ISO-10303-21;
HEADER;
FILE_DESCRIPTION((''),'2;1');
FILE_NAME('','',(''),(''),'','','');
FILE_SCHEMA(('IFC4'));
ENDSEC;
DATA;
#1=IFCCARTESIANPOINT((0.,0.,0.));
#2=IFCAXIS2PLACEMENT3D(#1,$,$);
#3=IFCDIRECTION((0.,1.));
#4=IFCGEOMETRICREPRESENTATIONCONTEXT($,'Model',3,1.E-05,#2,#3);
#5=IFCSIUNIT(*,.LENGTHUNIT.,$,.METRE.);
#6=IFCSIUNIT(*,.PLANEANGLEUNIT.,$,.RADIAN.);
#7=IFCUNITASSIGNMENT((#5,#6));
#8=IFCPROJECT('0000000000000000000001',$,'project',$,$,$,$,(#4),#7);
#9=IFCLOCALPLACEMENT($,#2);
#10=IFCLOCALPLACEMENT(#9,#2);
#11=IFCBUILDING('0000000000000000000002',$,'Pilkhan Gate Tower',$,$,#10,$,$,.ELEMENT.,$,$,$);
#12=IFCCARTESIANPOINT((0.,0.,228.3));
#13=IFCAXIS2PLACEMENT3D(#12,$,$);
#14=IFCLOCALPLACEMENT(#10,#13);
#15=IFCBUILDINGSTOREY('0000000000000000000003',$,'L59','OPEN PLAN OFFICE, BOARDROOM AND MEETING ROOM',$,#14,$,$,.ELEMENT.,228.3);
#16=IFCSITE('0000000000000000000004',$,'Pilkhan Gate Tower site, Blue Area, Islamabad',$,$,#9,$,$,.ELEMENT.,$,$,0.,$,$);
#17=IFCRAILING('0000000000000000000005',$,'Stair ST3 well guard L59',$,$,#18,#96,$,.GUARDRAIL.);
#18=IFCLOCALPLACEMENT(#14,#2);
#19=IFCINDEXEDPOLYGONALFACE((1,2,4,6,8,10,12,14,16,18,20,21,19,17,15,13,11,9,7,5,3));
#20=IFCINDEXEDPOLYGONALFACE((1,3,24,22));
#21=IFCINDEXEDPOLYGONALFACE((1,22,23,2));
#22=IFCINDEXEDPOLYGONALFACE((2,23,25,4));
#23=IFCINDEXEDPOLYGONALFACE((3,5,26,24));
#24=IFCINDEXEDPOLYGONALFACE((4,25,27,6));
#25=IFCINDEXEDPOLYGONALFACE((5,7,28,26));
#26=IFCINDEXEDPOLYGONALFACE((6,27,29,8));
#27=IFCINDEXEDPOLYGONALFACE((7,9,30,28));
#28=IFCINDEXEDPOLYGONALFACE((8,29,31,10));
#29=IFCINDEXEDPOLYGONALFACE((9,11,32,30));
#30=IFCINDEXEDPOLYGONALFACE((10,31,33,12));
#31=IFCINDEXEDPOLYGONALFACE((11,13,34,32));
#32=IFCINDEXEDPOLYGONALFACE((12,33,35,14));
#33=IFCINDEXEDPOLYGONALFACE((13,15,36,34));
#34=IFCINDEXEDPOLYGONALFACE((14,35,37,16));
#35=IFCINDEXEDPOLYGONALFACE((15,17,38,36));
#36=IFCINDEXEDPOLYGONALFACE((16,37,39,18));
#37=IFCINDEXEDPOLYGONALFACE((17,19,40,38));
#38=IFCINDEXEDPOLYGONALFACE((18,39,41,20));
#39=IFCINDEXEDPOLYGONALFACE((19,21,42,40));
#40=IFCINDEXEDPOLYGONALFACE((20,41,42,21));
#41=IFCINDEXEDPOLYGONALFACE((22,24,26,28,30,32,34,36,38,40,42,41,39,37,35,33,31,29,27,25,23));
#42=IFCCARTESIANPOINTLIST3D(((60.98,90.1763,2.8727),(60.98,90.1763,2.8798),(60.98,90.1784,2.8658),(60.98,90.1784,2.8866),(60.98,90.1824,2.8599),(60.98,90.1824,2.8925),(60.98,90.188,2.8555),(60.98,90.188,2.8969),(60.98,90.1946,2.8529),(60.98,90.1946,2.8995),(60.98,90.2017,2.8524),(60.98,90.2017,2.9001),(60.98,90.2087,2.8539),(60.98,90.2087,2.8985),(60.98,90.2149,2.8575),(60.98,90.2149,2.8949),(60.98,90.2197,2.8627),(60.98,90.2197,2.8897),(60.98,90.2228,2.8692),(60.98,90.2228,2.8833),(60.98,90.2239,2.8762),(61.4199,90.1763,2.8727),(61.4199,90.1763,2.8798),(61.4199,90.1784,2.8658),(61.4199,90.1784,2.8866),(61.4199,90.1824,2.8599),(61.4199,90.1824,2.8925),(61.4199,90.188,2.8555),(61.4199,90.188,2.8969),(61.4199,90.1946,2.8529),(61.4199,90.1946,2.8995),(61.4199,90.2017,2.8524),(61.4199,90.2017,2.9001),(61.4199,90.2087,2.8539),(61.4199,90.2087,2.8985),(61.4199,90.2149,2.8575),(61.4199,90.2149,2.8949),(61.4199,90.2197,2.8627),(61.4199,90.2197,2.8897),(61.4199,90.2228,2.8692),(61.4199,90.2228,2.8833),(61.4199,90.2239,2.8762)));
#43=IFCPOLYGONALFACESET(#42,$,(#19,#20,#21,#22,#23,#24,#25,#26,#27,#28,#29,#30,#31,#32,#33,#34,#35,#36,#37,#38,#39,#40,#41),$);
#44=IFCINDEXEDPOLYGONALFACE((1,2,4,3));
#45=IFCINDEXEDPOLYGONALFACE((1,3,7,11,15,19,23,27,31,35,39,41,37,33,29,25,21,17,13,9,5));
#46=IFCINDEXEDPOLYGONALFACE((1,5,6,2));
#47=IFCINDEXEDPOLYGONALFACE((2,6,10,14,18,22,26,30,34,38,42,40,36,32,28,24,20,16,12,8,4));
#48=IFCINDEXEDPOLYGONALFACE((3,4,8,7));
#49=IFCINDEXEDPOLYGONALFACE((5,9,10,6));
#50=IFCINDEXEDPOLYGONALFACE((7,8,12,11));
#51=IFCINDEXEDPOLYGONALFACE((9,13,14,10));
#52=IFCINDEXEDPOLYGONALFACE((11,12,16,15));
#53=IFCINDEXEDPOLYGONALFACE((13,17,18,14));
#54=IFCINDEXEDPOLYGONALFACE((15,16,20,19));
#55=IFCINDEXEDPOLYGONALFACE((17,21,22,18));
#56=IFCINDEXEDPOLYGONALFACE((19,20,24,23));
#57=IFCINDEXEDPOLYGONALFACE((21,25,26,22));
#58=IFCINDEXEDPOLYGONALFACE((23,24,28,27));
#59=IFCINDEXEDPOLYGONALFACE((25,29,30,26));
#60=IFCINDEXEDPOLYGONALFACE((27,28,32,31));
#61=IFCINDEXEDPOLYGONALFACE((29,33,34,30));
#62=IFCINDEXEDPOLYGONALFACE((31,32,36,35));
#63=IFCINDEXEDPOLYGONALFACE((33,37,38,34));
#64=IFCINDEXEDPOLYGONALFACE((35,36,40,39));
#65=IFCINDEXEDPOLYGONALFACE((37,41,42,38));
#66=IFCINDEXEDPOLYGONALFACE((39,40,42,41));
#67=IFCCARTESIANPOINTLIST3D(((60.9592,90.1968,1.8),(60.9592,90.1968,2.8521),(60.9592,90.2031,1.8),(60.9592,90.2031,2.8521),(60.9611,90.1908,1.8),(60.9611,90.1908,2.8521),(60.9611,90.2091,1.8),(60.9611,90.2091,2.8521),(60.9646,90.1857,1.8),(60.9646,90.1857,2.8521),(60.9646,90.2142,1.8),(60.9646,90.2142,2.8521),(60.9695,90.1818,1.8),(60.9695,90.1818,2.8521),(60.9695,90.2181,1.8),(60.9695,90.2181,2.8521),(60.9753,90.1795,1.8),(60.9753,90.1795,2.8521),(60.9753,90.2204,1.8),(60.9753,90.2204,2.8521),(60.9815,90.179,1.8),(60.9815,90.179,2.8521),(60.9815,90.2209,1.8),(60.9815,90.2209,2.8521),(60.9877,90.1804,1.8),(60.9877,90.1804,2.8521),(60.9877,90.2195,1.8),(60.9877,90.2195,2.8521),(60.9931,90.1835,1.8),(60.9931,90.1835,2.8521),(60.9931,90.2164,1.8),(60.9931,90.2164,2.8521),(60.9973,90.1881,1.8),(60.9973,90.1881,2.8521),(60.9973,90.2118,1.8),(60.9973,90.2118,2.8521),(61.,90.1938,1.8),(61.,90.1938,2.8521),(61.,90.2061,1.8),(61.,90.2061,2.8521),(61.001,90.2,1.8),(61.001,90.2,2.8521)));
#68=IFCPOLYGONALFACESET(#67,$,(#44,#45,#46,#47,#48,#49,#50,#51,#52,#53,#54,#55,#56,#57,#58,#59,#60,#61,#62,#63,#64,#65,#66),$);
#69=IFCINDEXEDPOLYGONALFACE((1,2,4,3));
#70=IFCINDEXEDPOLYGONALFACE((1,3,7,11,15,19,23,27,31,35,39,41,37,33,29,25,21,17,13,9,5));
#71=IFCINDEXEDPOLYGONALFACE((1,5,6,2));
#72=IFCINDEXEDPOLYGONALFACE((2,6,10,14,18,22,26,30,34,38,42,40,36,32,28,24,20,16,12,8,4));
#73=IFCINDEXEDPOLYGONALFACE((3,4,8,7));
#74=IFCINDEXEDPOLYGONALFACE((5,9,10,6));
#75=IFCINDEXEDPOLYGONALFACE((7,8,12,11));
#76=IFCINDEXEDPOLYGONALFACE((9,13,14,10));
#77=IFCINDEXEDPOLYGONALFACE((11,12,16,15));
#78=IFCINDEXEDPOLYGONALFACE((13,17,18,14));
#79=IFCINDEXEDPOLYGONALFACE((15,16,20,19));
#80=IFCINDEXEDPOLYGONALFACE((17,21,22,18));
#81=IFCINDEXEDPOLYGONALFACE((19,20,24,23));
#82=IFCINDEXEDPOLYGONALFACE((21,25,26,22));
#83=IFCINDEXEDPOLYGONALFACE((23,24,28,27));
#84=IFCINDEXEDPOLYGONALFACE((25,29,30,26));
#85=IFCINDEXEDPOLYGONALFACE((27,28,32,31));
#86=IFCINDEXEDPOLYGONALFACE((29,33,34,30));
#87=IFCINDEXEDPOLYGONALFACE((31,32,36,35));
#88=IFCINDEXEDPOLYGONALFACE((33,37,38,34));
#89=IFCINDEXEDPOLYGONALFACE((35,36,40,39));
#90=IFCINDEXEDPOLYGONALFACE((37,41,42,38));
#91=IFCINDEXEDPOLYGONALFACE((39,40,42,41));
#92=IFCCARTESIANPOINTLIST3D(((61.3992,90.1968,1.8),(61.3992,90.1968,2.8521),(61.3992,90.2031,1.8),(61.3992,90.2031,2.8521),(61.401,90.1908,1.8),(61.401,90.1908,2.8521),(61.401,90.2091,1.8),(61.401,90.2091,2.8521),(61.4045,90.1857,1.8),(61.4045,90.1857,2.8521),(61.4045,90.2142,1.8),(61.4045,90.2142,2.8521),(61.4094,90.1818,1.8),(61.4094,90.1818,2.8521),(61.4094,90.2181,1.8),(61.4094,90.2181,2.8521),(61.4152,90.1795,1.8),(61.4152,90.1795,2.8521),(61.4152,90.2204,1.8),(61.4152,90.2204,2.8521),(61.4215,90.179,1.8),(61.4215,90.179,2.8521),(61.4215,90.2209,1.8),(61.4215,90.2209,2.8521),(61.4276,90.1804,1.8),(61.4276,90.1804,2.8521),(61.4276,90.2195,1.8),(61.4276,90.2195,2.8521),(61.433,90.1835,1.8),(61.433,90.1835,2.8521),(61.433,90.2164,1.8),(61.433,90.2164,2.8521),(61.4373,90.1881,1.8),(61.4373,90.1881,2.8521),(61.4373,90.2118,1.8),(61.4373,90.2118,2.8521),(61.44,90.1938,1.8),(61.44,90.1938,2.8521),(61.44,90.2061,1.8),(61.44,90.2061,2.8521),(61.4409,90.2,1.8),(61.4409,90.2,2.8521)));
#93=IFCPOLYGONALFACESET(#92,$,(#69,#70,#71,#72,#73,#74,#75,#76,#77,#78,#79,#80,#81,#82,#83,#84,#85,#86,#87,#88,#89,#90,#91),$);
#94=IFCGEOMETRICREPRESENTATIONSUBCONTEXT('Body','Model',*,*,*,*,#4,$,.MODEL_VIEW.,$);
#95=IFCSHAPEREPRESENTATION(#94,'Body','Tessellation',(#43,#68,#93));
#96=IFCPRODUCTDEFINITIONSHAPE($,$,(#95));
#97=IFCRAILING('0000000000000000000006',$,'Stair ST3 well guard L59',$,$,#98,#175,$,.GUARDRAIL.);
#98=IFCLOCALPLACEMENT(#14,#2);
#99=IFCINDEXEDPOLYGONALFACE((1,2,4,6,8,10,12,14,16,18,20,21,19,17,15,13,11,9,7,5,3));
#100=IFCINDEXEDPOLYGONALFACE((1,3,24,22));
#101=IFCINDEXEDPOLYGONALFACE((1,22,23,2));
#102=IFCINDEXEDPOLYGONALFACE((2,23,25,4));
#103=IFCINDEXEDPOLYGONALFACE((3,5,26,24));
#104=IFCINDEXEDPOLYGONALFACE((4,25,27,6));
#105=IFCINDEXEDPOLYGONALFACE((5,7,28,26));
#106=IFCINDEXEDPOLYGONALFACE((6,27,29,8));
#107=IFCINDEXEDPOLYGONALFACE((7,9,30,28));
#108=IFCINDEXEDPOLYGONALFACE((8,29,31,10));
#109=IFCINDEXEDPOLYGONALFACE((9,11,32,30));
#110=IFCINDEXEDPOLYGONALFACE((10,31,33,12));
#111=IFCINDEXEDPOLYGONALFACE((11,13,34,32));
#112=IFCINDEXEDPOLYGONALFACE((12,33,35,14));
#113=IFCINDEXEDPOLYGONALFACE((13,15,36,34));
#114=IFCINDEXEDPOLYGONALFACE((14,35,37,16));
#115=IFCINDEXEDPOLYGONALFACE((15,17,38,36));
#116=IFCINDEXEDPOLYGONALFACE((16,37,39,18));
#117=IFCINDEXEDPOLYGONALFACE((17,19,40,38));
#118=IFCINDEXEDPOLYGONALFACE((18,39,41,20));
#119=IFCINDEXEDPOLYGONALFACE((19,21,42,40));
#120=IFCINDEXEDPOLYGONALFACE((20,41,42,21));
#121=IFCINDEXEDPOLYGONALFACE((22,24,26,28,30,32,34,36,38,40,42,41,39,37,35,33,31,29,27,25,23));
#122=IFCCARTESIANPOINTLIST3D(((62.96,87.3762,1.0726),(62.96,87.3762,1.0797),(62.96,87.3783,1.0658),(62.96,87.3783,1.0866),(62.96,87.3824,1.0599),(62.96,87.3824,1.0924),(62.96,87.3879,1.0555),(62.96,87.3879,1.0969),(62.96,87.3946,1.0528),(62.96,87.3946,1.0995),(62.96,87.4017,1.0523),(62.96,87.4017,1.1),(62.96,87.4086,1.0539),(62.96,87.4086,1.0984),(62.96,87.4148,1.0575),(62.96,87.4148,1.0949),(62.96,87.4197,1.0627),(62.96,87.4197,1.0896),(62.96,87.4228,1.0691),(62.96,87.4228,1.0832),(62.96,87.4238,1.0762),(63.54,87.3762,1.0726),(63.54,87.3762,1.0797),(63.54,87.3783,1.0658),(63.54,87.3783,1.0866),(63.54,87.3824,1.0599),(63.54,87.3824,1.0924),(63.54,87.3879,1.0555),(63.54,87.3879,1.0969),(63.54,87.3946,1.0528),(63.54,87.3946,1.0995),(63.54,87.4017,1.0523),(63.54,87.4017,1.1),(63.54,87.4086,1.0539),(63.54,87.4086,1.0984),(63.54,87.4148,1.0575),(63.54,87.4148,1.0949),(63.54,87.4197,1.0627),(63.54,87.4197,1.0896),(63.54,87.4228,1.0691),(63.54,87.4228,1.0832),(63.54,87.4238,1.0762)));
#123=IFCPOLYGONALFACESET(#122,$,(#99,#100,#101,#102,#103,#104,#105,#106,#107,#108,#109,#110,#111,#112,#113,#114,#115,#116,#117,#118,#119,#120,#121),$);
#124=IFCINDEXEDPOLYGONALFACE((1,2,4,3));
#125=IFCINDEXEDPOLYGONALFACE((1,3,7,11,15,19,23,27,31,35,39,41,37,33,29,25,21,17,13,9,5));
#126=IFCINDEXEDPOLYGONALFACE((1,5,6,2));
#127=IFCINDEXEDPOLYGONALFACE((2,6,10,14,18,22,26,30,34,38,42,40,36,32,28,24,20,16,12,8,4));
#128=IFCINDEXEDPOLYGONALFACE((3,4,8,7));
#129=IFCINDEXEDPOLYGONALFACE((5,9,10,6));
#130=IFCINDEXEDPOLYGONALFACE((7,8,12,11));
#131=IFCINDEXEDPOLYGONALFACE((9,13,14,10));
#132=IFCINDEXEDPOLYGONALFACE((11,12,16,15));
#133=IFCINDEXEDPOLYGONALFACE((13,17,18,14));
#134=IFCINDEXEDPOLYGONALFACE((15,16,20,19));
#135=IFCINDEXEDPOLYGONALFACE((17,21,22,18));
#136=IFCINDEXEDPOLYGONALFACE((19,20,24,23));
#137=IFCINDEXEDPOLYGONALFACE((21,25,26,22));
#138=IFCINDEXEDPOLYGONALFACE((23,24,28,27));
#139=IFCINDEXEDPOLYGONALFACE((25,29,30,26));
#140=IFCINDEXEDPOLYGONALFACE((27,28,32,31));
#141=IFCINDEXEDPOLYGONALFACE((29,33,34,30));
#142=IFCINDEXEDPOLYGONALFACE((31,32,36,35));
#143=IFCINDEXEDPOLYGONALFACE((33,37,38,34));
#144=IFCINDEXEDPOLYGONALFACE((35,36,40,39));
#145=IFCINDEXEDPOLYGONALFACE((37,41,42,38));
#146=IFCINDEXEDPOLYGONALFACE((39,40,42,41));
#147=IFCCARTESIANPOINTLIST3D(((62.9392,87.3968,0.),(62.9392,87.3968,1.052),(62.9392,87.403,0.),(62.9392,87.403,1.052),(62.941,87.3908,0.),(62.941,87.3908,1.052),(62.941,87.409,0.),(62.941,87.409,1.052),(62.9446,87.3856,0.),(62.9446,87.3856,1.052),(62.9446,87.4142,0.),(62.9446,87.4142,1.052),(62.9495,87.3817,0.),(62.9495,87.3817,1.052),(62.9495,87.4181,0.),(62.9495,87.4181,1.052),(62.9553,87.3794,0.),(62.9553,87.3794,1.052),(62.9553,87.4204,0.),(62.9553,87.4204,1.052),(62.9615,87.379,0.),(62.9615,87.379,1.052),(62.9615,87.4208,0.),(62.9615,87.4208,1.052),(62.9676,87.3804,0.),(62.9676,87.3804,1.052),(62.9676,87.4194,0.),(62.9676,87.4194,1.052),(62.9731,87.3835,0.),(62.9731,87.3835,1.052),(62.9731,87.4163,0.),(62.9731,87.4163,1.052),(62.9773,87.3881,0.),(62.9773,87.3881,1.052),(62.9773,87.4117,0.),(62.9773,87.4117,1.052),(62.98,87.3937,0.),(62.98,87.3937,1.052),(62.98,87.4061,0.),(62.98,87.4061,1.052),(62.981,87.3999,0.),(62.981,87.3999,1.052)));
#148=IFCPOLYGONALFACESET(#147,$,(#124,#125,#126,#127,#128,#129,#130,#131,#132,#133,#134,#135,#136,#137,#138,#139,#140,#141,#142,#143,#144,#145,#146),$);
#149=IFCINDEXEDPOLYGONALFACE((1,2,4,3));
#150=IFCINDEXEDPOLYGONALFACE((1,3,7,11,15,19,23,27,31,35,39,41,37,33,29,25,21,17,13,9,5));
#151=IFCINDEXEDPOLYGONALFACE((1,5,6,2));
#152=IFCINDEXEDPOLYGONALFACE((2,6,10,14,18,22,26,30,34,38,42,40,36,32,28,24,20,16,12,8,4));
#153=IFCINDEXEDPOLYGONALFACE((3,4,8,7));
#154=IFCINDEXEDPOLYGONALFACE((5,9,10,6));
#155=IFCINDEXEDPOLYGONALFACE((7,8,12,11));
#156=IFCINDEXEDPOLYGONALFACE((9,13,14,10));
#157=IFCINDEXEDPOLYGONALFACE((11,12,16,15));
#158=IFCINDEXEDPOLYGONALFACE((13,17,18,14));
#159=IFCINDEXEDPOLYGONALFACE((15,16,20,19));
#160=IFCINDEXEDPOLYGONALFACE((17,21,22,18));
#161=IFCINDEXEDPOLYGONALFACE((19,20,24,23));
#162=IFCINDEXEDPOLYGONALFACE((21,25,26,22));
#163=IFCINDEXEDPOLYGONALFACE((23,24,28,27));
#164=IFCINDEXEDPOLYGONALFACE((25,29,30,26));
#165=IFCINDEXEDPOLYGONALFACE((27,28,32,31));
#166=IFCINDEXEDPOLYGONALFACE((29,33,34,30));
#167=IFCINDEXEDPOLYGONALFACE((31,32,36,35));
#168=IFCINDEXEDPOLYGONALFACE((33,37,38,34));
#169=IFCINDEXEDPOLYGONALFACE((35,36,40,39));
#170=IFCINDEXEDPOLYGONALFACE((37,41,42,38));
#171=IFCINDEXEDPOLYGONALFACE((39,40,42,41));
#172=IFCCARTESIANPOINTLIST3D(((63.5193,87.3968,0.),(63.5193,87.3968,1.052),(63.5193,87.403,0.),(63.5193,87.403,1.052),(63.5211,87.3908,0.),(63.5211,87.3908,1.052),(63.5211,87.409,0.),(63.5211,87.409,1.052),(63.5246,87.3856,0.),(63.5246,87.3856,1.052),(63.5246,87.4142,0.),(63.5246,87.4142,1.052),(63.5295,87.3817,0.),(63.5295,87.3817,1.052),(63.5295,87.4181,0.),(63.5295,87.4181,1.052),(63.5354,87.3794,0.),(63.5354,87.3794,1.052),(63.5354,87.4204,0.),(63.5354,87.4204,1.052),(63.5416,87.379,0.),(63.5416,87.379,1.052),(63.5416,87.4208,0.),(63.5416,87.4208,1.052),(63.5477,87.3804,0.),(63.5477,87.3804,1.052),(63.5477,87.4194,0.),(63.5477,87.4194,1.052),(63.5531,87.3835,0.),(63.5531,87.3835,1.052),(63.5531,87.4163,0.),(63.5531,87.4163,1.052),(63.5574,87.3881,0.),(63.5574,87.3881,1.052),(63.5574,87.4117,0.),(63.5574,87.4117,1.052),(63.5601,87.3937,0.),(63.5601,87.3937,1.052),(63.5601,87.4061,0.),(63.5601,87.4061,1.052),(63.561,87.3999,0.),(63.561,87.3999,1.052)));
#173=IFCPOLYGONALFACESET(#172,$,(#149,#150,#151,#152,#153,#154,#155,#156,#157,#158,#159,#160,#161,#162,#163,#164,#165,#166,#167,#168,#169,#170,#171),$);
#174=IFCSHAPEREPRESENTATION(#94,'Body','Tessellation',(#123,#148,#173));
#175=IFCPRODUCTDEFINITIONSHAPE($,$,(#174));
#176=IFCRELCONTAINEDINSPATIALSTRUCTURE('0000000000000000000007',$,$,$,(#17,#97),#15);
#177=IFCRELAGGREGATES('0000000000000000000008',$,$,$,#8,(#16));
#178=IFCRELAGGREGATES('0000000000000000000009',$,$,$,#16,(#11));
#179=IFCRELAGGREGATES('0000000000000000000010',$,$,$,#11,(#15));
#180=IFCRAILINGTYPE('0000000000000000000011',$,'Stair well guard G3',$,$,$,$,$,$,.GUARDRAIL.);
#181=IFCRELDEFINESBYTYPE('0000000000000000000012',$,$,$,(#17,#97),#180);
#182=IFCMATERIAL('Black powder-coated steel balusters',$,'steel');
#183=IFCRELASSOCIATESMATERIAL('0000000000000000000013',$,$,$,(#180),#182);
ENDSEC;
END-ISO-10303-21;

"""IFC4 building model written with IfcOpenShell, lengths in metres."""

from ifc_helpers import new_model, si_unit, direction, frame, origin, origin_2d, place, context, subcontext, project, spatial, circle, extrude, material, type_object, element, save


model = new_model("IFC4")

# Units and contexts
model_context = context("Model", 3, precision=1e-05, world=origin(), true_north=direction((0.0, 1.0)))
body_context = subcontext(model_context, "Body", "Model", "MODEL_VIEW")
ifc_project = project(units=[si_unit("LENGTHUNIT", "METRE"), si_unit("PLANEANGLEUNIT", "RADIAN")], contexts=[model_context])

# Site, building, storey
site_placement = place(None, origin())
site = spatial("IfcSite", under=ifc_project, at=site_placement, Name="Pilkhan Gate Tower site, Blue Area, Islamabad", CompositionType="ELEMENT", RefElevation=0.0)
building_placement = place(site_placement, origin())
building = spatial("IfcBuilding", under=site, at=building_placement, Name="Pilkhan Gate Tower", CompositionType="ELEMENT")
storey_placement = place(building_placement, frame((0.0, 0.0, 228.3)))
storey = spatial("IfcBuildingStorey", under=building, at=storey_placement, Name="L59", Description="OPEN PLAN OFFICE, BOARDROOM AND MEETING ROOM", CompositionType="ELEMENT", Elevation=228.3)

# Railings
ifc_material_1 = material(Name="Black powder-coated steel balusters", Category="steel")
railing_type_1 = type_object("IfcRailingType", Name="Stair well guard G3", PredefinedType="GUARDRAIL", material=ifc_material_1)
railing_1_placement = place(storey_placement, frame((60.98, 90.2, 1.8)))
element("IfcRailing", 1, at=railing_1_placement, inside=storey, type_object=railing_type_1, Name="Stair ST3 well guard L59", PredefinedType="GUARDRAIL", context=body_context, shape_type="SweptSolid", body=[
    extrude(circle(Radius=0.0239, at=origin_2d()), frame((0.0, 0.0, 1.0762), z_axis=(1.0, 0.0, 0.0), x_axis=(0.0, 1.0, 0.0)), (0.0, 0.0, 1.0), 0.4399),
    extrude(circle(Radius=0.021, at=origin_2d()), origin(), (0.0, 0.0, 1.0), 1.052),
    extrude(circle(Radius=0.021, at=origin_2d()), frame((0.4399, 0.0, 0.0)), (0.0, 0.0, 1.0), 1.052),
])
for number, where, name in (
    (2, (62.96, 87.3999, 0.0), "Stair ST3 well guard L59"),
):
    element("IfcRailing", number, at=place(storey_placement, frame(where)), inside=storey, type_object=railing_type_1, Name=name, PredefinedType="GUARDRAIL", context=body_context, shape_type="SweptSolid", body=[
        extrude(circle(Radius=0.0239, at=origin_2d()), frame((0.0, 0.0, 1.0762), z_axis=(1.0, 0.0, 0.0), x_axis=(0.0, 1.0, 0.0)), (0.0, 0.0, 1.0), 0.5801),
        extrude(circle(Radius=0.021, at=origin_2d()), origin(), (0.0, 0.0, 1.0), 1.052),
        extrude(circle(Radius=0.021, at=origin_2d()), frame((0.5801, 0.0, 0.0)), (0.0, 0.0, 1.0), 1.052),
    ])

save(model, "model.ifc")
